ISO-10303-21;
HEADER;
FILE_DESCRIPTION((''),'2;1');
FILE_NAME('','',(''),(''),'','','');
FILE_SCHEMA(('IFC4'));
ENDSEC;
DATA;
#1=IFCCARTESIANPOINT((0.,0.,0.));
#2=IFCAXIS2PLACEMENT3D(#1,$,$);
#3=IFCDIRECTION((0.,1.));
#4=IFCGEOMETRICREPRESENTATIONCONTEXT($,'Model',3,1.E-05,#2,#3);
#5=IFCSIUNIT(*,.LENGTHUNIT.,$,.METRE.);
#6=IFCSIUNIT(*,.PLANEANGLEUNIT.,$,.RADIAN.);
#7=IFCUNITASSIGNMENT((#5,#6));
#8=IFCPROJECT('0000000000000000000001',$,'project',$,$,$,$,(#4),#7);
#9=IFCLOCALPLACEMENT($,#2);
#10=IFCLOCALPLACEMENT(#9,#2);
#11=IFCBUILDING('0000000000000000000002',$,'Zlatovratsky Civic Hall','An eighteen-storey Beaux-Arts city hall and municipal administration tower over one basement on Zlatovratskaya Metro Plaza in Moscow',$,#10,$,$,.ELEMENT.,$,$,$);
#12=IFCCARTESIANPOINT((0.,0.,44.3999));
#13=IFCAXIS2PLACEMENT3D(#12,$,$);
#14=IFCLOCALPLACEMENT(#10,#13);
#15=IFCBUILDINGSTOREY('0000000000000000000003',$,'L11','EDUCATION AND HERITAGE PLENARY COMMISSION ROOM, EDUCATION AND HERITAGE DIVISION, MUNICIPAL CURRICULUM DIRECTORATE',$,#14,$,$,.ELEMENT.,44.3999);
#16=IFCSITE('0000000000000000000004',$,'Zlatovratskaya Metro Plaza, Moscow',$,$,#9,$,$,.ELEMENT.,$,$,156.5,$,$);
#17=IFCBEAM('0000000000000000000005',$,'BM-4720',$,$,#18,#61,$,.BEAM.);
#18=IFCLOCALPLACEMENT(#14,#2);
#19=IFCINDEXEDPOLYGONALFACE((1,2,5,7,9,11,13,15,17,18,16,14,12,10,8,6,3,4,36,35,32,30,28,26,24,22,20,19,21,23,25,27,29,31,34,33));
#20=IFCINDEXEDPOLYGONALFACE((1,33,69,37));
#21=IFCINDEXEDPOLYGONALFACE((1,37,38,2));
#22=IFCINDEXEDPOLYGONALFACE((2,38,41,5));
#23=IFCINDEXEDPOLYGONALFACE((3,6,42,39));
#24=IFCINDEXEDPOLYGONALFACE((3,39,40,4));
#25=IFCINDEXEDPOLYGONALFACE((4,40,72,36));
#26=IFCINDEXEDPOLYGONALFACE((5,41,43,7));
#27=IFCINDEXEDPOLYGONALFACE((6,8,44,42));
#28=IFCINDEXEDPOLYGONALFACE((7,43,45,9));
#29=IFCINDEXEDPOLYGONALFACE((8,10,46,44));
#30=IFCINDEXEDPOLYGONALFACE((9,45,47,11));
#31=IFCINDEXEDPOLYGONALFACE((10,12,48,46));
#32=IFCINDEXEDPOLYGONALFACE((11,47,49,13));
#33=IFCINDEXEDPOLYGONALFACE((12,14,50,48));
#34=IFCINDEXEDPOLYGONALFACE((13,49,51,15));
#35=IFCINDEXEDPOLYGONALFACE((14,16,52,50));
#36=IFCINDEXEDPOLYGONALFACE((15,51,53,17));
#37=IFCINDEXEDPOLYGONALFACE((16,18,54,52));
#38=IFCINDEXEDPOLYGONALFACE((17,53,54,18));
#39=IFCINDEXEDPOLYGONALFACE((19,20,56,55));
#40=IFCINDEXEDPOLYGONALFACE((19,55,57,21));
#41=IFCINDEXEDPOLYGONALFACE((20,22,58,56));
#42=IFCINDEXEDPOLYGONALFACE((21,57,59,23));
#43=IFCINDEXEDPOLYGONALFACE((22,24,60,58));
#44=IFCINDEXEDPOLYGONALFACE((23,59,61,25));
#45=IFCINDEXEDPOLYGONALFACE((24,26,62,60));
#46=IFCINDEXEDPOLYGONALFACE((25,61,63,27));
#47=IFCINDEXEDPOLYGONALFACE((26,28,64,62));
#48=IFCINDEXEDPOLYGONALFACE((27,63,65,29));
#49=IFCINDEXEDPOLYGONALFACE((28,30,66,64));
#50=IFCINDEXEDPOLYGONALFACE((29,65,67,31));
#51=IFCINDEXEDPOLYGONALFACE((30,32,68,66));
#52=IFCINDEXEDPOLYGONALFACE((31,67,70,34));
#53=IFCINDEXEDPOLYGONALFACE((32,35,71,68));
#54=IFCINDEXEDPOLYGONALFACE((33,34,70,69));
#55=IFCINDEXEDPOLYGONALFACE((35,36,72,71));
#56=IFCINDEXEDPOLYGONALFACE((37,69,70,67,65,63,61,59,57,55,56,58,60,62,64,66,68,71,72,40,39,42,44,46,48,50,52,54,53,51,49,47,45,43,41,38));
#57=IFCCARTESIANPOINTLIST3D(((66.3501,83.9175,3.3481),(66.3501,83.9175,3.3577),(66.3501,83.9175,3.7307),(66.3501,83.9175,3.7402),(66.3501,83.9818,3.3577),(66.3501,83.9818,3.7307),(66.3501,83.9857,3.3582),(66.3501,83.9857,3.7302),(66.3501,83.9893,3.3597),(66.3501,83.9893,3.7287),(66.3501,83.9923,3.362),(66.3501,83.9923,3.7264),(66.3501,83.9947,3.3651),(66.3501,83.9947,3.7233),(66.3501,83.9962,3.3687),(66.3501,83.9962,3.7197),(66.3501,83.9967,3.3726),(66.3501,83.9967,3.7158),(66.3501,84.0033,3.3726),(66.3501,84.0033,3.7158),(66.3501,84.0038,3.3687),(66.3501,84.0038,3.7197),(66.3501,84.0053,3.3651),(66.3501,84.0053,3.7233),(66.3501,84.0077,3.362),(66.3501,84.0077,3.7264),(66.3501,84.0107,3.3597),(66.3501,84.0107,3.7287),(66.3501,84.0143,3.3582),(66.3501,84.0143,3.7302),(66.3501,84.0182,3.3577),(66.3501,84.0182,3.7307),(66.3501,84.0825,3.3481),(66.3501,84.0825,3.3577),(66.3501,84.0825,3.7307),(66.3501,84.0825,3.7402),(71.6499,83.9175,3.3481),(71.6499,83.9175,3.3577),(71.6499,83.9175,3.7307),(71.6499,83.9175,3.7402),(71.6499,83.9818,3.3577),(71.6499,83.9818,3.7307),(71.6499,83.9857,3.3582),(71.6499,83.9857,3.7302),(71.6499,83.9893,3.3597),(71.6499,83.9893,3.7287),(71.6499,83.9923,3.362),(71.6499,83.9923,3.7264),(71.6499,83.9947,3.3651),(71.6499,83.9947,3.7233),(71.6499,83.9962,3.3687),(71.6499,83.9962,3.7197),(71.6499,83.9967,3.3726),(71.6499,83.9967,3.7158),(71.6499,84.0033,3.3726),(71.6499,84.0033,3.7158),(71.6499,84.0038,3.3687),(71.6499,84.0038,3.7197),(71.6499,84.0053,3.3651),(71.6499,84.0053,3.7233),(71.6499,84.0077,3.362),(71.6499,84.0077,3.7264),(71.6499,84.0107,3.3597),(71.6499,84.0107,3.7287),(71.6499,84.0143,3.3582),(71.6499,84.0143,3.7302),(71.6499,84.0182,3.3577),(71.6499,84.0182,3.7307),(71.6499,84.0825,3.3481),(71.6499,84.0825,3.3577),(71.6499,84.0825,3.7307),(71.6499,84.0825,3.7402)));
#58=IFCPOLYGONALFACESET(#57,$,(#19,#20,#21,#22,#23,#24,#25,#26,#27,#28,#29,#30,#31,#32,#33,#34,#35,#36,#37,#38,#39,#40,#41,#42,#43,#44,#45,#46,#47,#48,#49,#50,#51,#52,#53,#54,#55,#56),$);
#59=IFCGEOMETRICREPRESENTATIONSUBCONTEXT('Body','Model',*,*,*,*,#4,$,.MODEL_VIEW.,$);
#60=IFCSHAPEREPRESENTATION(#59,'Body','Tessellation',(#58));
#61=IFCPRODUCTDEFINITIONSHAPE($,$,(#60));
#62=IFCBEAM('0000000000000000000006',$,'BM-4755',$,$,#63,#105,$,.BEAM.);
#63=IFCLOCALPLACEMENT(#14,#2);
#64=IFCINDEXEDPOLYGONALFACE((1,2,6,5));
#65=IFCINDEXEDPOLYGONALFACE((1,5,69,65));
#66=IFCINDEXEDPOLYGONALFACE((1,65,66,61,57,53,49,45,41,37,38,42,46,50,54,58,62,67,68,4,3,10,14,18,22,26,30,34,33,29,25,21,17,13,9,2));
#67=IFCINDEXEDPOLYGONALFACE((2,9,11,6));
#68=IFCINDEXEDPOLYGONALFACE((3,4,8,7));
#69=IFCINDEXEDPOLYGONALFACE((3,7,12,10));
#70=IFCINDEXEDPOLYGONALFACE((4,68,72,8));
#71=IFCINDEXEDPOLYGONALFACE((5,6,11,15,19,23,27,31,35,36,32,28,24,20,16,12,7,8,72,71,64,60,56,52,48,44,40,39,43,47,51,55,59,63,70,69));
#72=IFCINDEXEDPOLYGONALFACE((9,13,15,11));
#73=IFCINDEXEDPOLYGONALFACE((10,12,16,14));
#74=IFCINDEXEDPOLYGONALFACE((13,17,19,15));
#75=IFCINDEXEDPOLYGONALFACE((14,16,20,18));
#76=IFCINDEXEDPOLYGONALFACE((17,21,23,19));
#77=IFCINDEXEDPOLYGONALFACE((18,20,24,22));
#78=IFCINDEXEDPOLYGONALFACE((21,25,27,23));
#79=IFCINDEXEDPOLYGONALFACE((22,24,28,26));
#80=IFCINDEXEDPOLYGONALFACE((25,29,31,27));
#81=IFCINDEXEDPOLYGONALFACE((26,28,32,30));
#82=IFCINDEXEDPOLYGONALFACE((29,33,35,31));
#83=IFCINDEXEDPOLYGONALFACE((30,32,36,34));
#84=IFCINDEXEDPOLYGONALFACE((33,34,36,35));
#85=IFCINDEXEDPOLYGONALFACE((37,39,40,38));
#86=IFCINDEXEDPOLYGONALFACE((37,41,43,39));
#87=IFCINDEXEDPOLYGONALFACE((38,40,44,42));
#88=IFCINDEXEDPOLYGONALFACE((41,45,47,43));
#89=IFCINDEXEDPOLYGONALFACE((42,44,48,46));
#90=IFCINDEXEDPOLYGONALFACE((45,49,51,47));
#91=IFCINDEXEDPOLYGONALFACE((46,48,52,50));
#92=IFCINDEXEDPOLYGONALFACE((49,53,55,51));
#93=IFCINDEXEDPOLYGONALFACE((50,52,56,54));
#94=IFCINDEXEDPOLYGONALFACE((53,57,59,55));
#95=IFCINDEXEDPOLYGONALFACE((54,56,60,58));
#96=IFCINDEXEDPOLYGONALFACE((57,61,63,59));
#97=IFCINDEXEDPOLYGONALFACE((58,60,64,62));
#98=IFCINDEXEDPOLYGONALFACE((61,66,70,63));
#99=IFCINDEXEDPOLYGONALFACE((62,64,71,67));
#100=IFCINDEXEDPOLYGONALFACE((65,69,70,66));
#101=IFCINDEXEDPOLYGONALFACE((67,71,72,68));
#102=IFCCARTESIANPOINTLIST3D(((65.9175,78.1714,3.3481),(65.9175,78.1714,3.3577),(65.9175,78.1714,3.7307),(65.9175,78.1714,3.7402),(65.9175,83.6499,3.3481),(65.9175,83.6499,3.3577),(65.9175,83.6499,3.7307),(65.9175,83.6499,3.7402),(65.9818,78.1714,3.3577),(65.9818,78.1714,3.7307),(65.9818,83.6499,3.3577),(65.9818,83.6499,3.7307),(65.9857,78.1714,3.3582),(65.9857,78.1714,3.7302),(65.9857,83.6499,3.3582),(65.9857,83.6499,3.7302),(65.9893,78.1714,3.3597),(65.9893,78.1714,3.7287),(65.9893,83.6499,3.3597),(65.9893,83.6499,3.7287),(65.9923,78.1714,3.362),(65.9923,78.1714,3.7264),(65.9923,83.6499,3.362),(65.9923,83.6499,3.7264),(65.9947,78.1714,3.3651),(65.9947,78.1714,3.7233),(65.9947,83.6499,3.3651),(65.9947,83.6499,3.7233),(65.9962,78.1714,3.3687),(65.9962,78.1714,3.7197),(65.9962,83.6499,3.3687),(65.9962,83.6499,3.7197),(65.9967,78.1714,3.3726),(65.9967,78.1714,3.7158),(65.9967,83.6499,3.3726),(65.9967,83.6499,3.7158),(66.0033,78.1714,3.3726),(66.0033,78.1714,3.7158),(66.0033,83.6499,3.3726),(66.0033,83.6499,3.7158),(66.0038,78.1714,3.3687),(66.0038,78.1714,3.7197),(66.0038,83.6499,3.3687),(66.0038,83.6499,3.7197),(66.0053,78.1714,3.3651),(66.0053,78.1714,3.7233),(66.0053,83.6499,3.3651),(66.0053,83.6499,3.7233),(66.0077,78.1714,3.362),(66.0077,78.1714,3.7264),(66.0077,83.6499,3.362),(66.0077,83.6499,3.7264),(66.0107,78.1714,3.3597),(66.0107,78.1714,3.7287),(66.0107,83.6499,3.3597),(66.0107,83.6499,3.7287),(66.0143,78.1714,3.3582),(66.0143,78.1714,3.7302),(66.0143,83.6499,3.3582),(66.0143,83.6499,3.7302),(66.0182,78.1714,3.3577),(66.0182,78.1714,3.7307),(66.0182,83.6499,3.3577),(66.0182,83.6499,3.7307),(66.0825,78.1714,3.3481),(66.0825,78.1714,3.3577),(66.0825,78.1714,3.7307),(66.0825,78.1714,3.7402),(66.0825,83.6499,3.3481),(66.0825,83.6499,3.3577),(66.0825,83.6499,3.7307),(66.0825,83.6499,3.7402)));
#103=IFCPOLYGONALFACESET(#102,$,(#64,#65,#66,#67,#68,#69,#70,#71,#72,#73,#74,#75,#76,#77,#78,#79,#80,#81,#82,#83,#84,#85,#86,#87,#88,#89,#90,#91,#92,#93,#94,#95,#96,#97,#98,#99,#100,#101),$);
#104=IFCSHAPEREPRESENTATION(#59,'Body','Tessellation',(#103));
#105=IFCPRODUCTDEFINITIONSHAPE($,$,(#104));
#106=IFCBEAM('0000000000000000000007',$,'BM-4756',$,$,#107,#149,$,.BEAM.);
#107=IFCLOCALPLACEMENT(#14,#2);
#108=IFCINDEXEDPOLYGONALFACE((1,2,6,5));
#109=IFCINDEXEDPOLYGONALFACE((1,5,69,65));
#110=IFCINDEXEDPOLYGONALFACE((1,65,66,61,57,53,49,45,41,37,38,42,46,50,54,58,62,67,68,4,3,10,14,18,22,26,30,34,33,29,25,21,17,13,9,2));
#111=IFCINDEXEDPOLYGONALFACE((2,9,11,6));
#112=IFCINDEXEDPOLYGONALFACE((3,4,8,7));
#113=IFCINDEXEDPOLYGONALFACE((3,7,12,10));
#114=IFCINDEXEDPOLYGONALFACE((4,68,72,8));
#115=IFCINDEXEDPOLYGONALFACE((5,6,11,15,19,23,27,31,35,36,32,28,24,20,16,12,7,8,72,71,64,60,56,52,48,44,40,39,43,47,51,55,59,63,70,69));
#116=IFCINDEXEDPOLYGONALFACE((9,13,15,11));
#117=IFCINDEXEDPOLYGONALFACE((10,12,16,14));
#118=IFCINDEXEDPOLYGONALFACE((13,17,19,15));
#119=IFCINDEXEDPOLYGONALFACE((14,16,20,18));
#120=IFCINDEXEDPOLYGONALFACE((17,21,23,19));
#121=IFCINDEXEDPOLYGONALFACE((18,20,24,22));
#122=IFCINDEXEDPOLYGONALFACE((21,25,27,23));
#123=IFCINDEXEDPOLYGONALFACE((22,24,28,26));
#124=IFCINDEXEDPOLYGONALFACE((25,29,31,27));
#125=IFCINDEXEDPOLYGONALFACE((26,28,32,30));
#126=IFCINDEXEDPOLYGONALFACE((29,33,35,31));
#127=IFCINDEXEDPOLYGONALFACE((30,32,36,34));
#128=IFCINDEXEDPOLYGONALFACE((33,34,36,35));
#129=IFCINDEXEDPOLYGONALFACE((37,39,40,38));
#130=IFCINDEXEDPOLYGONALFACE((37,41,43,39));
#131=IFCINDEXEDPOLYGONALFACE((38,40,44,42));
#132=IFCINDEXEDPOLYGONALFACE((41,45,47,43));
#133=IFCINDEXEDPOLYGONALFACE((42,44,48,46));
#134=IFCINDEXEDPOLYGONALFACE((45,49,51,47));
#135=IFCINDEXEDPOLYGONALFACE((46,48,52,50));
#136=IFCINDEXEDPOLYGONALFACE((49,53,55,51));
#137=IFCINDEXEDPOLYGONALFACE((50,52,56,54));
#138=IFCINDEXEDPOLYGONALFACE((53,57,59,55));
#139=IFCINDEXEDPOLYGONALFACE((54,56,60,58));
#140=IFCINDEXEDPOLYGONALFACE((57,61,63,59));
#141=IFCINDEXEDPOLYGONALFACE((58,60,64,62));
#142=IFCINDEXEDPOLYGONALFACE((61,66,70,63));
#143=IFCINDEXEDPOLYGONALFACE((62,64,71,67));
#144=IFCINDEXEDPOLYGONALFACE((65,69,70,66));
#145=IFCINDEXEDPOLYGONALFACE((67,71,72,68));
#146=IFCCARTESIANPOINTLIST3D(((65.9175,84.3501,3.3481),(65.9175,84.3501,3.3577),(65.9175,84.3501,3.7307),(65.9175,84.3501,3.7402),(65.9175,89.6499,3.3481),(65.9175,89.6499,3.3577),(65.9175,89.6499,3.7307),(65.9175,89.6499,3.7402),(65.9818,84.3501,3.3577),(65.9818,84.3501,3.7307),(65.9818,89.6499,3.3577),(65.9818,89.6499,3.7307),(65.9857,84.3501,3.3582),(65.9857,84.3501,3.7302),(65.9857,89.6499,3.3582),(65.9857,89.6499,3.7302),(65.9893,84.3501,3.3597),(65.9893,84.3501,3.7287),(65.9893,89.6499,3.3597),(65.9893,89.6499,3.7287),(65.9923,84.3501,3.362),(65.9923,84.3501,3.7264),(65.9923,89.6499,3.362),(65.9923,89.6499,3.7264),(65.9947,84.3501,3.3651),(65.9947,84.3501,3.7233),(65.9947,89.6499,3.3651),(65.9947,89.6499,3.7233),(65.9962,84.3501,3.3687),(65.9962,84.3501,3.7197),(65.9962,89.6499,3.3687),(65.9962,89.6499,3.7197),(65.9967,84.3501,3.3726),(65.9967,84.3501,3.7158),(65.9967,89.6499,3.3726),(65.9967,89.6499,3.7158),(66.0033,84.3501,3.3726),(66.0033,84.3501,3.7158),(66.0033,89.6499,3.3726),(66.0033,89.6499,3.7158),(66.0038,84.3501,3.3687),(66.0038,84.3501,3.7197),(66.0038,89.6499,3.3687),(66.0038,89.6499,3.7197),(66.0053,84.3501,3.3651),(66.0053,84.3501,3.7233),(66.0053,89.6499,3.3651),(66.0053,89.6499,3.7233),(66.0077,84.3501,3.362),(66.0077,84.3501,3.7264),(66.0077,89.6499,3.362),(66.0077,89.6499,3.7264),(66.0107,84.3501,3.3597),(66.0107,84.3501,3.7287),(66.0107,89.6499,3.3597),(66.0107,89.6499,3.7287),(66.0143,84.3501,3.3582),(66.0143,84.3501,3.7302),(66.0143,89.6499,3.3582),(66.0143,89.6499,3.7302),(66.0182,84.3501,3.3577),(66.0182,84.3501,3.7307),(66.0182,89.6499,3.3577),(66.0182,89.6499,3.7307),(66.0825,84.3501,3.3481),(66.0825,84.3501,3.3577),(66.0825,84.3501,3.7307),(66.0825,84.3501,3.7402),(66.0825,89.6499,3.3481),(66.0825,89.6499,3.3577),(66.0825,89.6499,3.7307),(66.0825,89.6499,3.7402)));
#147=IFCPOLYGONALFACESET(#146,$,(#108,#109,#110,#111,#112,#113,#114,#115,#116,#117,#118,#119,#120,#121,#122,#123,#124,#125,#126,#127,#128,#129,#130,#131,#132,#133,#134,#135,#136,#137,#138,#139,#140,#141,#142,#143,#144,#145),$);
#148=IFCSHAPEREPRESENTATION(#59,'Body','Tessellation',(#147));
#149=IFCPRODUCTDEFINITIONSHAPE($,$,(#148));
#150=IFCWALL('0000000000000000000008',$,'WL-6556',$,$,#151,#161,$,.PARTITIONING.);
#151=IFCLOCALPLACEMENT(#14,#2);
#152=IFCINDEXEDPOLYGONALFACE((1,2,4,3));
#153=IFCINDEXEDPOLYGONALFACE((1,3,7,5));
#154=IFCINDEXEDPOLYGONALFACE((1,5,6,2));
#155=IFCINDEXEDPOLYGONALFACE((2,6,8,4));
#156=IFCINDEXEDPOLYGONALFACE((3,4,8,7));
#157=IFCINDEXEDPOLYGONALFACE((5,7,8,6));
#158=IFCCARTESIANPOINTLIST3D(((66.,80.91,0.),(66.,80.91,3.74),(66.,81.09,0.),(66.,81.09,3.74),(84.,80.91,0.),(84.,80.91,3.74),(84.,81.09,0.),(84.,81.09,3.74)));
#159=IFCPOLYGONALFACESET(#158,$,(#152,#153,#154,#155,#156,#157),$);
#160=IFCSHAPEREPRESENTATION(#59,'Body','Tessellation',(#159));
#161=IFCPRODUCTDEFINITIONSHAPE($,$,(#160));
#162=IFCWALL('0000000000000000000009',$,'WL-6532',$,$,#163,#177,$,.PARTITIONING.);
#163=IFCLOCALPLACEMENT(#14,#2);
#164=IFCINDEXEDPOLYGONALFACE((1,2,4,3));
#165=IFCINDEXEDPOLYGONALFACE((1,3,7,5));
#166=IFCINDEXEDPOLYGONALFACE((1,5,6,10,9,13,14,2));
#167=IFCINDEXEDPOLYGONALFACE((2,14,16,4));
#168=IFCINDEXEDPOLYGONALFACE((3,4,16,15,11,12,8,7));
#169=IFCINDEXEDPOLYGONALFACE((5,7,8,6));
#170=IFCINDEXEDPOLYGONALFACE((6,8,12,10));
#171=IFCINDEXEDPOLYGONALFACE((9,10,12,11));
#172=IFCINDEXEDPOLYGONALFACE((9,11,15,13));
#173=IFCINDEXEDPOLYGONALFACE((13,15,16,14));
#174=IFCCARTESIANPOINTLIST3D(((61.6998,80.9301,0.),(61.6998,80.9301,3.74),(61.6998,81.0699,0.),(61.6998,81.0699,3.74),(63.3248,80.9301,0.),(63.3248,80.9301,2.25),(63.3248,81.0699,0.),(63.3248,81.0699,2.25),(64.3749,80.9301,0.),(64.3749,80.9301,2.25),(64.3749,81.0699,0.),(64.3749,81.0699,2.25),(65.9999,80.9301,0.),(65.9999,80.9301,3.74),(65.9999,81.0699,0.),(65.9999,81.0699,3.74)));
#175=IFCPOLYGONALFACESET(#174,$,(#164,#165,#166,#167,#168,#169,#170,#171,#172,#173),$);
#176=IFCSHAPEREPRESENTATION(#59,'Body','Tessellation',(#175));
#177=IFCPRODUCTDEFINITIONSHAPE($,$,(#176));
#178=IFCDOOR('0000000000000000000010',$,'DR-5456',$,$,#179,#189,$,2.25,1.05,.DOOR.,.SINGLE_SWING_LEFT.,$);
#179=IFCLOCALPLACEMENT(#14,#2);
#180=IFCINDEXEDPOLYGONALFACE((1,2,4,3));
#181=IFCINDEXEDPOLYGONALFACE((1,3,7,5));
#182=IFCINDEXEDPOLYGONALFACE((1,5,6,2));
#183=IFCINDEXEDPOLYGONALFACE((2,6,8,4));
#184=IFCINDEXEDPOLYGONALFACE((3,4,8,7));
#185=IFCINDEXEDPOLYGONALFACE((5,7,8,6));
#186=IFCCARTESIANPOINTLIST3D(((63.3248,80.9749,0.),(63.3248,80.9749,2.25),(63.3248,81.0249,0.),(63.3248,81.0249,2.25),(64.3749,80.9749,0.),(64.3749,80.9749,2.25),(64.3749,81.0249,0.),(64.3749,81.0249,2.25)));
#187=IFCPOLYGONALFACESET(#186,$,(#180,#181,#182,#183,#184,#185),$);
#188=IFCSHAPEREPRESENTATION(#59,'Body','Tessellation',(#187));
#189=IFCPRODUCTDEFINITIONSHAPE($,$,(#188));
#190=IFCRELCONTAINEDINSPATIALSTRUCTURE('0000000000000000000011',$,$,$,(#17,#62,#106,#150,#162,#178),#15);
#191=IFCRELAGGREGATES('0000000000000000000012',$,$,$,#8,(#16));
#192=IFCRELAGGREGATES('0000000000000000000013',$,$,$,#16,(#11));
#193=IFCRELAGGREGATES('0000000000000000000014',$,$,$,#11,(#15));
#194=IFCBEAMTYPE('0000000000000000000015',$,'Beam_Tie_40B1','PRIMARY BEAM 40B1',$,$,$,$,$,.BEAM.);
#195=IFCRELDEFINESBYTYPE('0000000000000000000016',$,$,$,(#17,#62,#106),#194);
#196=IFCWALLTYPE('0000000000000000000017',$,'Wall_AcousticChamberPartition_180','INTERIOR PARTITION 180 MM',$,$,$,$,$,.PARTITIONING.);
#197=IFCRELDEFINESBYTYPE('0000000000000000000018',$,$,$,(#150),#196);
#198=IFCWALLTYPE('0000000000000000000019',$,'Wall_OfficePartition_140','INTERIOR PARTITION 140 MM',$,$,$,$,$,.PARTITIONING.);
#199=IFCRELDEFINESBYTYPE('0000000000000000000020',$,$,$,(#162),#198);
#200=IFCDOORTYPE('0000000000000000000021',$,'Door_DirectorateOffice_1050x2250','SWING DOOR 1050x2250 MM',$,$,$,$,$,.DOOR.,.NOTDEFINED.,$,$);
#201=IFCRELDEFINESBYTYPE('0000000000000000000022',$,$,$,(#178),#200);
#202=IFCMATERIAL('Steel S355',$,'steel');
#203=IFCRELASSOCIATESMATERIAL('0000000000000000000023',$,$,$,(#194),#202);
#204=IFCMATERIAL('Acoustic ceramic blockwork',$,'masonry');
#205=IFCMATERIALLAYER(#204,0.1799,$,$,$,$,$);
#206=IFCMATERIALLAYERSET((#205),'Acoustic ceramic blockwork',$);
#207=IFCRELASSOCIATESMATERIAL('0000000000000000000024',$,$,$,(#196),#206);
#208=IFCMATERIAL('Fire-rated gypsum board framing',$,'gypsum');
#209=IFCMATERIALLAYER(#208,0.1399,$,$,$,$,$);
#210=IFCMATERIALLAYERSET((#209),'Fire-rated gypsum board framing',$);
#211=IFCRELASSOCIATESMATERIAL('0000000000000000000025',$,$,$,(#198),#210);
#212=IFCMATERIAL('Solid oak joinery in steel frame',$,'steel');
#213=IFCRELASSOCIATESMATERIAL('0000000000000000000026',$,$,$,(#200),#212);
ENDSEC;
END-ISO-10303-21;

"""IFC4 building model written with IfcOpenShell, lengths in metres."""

from ifc_helpers import new_model, si_unit, direction, frame, frame_2d, origin, origin_2d, place, context, subcontext, project, spatial, rectangle, i_section, extrude, material, layer, layer_set, material_profile, profile_set, type_object, element, fill, save


model = new_model("IFC4")

# Units and contexts
model_context = context("Model", 3, precision=1e-05, world=origin(), true_north=direction((0.0, 1.0)))
body_context = subcontext(model_context, "Body", "Model", "MODEL_VIEW")
ifc_project = project(units=[si_unit("LENGTHUNIT", "METRE"), si_unit("PLANEANGLEUNIT", "RADIAN")], contexts=[model_context])

# Site, building, storey
site_placement = place(None, origin())
site = spatial("IfcSite", under=ifc_project, at=site_placement, Name="Zlatovratskaya Metro Plaza, Moscow", CompositionType="ELEMENT", RefElevation=156.5)
building_placement = place(site_placement, origin())
building = spatial("IfcBuilding", under=site, at=building_placement, Name="Zlatovratsky Civic Hall", Description="An eighteen-storey Beaux-Arts city hall and municipal administration tower over one basement on Zlatovratskaya Metro Plaza in Moscow", CompositionType="ELEMENT")
storey_placement = place(building_placement, frame((0.0, 0.0, 44.3999)))
storey = spatial("IfcBuildingStorey", under=building, at=storey_placement, Name="L11", Description="EDUCATION AND HERITAGE PLENARY COMMISSION ROOM, EDUCATION AND HERITAGE DIVISION, MUNICIPAL CURRICULUM DIRECTORATE", CompositionType="ELEMENT", Elevation=44.3999)

# Beams
ifc_material_1 = material(Name="Steel S355", Category="steel")
ifc_material_profile_1 = material_profile(ifc_material_1, i_section(OverallWidth=0.165, OverallDepth=0.3921, WebThickness=0.0066, FlangeThickness=0.0095, FilletRadius=0.0149, at=origin_2d()), Name="40B1")
ifc_profile_set_1 = profile_set([ifc_material_profile_1], Name="Steel S355")
beam_type_1 = type_object("IfcBeamType", Name="Beam_Tie_40B1", Description="PRIMARY BEAM 40B1", PredefinedType="BEAM", material=ifc_profile_set_1)
for number, where, z_axis, x_axis, name in (
    (1, (66.3501, 84.0, 3.5442), (1.0, 0.0, 0.0), (0.0, 1.0, 0.0), "BM-4720"),
):
    element("IfcBeam", number, at=place(storey_placement, frame(where, z_axis=z_axis, x_axis=x_axis)), inside=storey, type_object=beam_type_1, Name=name, PredefinedType="BEAM", context=body_context, shape_type="SweptSolid", body=[
        extrude(i_section(OverallWidth=0.165, OverallDepth=0.3921, WebThickness=0.0066, FlangeThickness=0.0095, FilletRadius=0.0149, at=origin_2d()), origin(), (0.0, 0.0, 1.0), 5.2998),
    ])
beam_1_placement = place(storey_placement, frame((66.0, 78.1714, 3.5442), z_axis=(0.0, 1.0, 0.0), x_axis=(-1.0, 0.0, 0.0)))
element("IfcBeam", 2, at=beam_1_placement, inside=storey, type_object=beam_type_1, Name="BM-4755", PredefinedType="BEAM", context=body_context, shape_type="SweptSolid", body=[
    extrude(i_section(OverallWidth=0.165, OverallDepth=0.3921, WebThickness=0.0066, FlangeThickness=0.0095, FilletRadius=0.0149, at=origin_2d()), origin(), (0.0, 0.0, 1.0), 5.4785),
])
beam_2_placement = place(storey_placement, frame((66.0, 84.3501, 3.5442), z_axis=(0.0, 1.0, 0.0), x_axis=(-1.0, 0.0, 0.0)))
element("IfcBeam", 3, at=beam_2_placement, inside=storey, type_object=beam_type_1, Name="BM-4756", PredefinedType="BEAM", context=body_context, shape_type="SweptSolid", body=[
    extrude(i_section(OverallWidth=0.165, OverallDepth=0.3921, WebThickness=0.0066, FlangeThickness=0.0095, FilletRadius=0.0149, at=origin_2d()), origin(), (0.0, 0.0, 1.0), 5.2998),
])

# Wall
ifc_material_2 = material(Name="Acoustic ceramic blockwork", Category="masonry")
ifc_layer_1 = layer(ifc_material_2, 0.1799)
ifc_layer_set_1 = layer_set([ifc_layer_1], Name="Acoustic ceramic blockwork")
wall_type_1 = type_object("IfcWallType", Name="Wall_AcousticChamberPartition_180", Description="INTERIOR PARTITION 180 MM", PredefinedType="PARTITIONING", material=ifc_layer_set_1)
wall_1_placement = place(storey_placement, frame((66.0, 81.0, 0.0), z_axis=(0.0, 0.0, 1.0), x_axis=(1.0, 0.0, 0.0)))
element("IfcWall", 4, at=wall_1_placement, inside=storey, type_object=wall_type_1, Name="WL-6556", PredefinedType="PARTITIONING", context=body_context, shape_type="SweptSolid", body=[
    extrude(rectangle(XDim=18.0, YDim=0.1799, at=frame_2d((9.0, 0.0))), origin(), (0.0, 0.0, 1.0), 3.74),
])

# Wall, opening, door
ifc_material_3 = material(Name="Fire-rated gypsum board framing", Category="gypsum")
ifc_layer_2 = layer(ifc_material_3, 0.1399)
ifc_layer_set_2 = layer_set([ifc_layer_2], Name="Fire-rated gypsum board framing")
wall_type_2 = type_object("IfcWallType", Name="Wall_OfficePartition_140", Description="INTERIOR PARTITION 140 MM", PredefinedType="PARTITIONING", material=ifc_layer_set_2)
wall_2_placement = place(storey_placement, frame((61.7, 81.0, 0.0), z_axis=(0.0, 0.0, 1.0), x_axis=(1.0, 0.0, 0.0)))
wall_2 = element("IfcWall", 5, at=wall_2_placement, inside=storey, type_object=wall_type_2, Name="WL-6532", PredefinedType="PARTITIONING", context=body_context, shape_type="SweptSolid", body=[
    extrude(rectangle(XDim=4.3, YDim=0.1399, at=frame_2d((2.1499, 0.0))), origin(), (0.0, 0.0, 1.0), 3.74),
])
opening_1_placement = place(wall_2_placement, frame((1.625, 0.0, 0.0)))
opening_1 = element("IfcOpeningElement", 6, at=opening_1_placement, cuts=wall_2, PredefinedType="OPENING", context=body_context, shape_type="SweptSolid", body=[
    extrude(rectangle(XDim=1.05, YDim=2.25, at=frame_2d((0.5249, 1.125))), frame((0.0, 0.085, 0.0), z_axis=(0.0, -1.0, 0.0), x_axis=(1.0, 0.0, 0.0)), (0.0, 0.0, 1.0), 0.1697),
])
ifc_material_4 = material(Name="Solid oak joinery in steel frame", Category="steel")
door_type_1 = type_object("IfcDoorType", Name="Door_DirectorateOffice_1050x2250", Description="SWING DOOR 1050x2250 MM", OperationType="NOTDEFINED", PredefinedType="DOOR", material=ifc_material_4)
door_1_placement = place(opening_1_placement, origin())
door_1 = element("IfcDoor", 7, at=door_1_placement, inside=storey, type_object=door_type_1, Name="DR-5456", OperationType="SINGLE_SWING_LEFT", OverallHeight=2.25, OverallWidth=1.05, PredefinedType="DOOR", context=body_context, shape_type="SweptSolid", body=[
    extrude(rectangle(XDim=1.05, YDim=2.25, at=frame_2d((0.5249, 1.125))), frame((0.0, 0.0249, 0.0), z_axis=(0.0, -1.0, 0.0), x_axis=(1.0, 0.0, 0.0)), (0.0, 0.0, 1.0), 0.05),
])
fill(opening_1, door_1)

save(model, "model.ifc")
